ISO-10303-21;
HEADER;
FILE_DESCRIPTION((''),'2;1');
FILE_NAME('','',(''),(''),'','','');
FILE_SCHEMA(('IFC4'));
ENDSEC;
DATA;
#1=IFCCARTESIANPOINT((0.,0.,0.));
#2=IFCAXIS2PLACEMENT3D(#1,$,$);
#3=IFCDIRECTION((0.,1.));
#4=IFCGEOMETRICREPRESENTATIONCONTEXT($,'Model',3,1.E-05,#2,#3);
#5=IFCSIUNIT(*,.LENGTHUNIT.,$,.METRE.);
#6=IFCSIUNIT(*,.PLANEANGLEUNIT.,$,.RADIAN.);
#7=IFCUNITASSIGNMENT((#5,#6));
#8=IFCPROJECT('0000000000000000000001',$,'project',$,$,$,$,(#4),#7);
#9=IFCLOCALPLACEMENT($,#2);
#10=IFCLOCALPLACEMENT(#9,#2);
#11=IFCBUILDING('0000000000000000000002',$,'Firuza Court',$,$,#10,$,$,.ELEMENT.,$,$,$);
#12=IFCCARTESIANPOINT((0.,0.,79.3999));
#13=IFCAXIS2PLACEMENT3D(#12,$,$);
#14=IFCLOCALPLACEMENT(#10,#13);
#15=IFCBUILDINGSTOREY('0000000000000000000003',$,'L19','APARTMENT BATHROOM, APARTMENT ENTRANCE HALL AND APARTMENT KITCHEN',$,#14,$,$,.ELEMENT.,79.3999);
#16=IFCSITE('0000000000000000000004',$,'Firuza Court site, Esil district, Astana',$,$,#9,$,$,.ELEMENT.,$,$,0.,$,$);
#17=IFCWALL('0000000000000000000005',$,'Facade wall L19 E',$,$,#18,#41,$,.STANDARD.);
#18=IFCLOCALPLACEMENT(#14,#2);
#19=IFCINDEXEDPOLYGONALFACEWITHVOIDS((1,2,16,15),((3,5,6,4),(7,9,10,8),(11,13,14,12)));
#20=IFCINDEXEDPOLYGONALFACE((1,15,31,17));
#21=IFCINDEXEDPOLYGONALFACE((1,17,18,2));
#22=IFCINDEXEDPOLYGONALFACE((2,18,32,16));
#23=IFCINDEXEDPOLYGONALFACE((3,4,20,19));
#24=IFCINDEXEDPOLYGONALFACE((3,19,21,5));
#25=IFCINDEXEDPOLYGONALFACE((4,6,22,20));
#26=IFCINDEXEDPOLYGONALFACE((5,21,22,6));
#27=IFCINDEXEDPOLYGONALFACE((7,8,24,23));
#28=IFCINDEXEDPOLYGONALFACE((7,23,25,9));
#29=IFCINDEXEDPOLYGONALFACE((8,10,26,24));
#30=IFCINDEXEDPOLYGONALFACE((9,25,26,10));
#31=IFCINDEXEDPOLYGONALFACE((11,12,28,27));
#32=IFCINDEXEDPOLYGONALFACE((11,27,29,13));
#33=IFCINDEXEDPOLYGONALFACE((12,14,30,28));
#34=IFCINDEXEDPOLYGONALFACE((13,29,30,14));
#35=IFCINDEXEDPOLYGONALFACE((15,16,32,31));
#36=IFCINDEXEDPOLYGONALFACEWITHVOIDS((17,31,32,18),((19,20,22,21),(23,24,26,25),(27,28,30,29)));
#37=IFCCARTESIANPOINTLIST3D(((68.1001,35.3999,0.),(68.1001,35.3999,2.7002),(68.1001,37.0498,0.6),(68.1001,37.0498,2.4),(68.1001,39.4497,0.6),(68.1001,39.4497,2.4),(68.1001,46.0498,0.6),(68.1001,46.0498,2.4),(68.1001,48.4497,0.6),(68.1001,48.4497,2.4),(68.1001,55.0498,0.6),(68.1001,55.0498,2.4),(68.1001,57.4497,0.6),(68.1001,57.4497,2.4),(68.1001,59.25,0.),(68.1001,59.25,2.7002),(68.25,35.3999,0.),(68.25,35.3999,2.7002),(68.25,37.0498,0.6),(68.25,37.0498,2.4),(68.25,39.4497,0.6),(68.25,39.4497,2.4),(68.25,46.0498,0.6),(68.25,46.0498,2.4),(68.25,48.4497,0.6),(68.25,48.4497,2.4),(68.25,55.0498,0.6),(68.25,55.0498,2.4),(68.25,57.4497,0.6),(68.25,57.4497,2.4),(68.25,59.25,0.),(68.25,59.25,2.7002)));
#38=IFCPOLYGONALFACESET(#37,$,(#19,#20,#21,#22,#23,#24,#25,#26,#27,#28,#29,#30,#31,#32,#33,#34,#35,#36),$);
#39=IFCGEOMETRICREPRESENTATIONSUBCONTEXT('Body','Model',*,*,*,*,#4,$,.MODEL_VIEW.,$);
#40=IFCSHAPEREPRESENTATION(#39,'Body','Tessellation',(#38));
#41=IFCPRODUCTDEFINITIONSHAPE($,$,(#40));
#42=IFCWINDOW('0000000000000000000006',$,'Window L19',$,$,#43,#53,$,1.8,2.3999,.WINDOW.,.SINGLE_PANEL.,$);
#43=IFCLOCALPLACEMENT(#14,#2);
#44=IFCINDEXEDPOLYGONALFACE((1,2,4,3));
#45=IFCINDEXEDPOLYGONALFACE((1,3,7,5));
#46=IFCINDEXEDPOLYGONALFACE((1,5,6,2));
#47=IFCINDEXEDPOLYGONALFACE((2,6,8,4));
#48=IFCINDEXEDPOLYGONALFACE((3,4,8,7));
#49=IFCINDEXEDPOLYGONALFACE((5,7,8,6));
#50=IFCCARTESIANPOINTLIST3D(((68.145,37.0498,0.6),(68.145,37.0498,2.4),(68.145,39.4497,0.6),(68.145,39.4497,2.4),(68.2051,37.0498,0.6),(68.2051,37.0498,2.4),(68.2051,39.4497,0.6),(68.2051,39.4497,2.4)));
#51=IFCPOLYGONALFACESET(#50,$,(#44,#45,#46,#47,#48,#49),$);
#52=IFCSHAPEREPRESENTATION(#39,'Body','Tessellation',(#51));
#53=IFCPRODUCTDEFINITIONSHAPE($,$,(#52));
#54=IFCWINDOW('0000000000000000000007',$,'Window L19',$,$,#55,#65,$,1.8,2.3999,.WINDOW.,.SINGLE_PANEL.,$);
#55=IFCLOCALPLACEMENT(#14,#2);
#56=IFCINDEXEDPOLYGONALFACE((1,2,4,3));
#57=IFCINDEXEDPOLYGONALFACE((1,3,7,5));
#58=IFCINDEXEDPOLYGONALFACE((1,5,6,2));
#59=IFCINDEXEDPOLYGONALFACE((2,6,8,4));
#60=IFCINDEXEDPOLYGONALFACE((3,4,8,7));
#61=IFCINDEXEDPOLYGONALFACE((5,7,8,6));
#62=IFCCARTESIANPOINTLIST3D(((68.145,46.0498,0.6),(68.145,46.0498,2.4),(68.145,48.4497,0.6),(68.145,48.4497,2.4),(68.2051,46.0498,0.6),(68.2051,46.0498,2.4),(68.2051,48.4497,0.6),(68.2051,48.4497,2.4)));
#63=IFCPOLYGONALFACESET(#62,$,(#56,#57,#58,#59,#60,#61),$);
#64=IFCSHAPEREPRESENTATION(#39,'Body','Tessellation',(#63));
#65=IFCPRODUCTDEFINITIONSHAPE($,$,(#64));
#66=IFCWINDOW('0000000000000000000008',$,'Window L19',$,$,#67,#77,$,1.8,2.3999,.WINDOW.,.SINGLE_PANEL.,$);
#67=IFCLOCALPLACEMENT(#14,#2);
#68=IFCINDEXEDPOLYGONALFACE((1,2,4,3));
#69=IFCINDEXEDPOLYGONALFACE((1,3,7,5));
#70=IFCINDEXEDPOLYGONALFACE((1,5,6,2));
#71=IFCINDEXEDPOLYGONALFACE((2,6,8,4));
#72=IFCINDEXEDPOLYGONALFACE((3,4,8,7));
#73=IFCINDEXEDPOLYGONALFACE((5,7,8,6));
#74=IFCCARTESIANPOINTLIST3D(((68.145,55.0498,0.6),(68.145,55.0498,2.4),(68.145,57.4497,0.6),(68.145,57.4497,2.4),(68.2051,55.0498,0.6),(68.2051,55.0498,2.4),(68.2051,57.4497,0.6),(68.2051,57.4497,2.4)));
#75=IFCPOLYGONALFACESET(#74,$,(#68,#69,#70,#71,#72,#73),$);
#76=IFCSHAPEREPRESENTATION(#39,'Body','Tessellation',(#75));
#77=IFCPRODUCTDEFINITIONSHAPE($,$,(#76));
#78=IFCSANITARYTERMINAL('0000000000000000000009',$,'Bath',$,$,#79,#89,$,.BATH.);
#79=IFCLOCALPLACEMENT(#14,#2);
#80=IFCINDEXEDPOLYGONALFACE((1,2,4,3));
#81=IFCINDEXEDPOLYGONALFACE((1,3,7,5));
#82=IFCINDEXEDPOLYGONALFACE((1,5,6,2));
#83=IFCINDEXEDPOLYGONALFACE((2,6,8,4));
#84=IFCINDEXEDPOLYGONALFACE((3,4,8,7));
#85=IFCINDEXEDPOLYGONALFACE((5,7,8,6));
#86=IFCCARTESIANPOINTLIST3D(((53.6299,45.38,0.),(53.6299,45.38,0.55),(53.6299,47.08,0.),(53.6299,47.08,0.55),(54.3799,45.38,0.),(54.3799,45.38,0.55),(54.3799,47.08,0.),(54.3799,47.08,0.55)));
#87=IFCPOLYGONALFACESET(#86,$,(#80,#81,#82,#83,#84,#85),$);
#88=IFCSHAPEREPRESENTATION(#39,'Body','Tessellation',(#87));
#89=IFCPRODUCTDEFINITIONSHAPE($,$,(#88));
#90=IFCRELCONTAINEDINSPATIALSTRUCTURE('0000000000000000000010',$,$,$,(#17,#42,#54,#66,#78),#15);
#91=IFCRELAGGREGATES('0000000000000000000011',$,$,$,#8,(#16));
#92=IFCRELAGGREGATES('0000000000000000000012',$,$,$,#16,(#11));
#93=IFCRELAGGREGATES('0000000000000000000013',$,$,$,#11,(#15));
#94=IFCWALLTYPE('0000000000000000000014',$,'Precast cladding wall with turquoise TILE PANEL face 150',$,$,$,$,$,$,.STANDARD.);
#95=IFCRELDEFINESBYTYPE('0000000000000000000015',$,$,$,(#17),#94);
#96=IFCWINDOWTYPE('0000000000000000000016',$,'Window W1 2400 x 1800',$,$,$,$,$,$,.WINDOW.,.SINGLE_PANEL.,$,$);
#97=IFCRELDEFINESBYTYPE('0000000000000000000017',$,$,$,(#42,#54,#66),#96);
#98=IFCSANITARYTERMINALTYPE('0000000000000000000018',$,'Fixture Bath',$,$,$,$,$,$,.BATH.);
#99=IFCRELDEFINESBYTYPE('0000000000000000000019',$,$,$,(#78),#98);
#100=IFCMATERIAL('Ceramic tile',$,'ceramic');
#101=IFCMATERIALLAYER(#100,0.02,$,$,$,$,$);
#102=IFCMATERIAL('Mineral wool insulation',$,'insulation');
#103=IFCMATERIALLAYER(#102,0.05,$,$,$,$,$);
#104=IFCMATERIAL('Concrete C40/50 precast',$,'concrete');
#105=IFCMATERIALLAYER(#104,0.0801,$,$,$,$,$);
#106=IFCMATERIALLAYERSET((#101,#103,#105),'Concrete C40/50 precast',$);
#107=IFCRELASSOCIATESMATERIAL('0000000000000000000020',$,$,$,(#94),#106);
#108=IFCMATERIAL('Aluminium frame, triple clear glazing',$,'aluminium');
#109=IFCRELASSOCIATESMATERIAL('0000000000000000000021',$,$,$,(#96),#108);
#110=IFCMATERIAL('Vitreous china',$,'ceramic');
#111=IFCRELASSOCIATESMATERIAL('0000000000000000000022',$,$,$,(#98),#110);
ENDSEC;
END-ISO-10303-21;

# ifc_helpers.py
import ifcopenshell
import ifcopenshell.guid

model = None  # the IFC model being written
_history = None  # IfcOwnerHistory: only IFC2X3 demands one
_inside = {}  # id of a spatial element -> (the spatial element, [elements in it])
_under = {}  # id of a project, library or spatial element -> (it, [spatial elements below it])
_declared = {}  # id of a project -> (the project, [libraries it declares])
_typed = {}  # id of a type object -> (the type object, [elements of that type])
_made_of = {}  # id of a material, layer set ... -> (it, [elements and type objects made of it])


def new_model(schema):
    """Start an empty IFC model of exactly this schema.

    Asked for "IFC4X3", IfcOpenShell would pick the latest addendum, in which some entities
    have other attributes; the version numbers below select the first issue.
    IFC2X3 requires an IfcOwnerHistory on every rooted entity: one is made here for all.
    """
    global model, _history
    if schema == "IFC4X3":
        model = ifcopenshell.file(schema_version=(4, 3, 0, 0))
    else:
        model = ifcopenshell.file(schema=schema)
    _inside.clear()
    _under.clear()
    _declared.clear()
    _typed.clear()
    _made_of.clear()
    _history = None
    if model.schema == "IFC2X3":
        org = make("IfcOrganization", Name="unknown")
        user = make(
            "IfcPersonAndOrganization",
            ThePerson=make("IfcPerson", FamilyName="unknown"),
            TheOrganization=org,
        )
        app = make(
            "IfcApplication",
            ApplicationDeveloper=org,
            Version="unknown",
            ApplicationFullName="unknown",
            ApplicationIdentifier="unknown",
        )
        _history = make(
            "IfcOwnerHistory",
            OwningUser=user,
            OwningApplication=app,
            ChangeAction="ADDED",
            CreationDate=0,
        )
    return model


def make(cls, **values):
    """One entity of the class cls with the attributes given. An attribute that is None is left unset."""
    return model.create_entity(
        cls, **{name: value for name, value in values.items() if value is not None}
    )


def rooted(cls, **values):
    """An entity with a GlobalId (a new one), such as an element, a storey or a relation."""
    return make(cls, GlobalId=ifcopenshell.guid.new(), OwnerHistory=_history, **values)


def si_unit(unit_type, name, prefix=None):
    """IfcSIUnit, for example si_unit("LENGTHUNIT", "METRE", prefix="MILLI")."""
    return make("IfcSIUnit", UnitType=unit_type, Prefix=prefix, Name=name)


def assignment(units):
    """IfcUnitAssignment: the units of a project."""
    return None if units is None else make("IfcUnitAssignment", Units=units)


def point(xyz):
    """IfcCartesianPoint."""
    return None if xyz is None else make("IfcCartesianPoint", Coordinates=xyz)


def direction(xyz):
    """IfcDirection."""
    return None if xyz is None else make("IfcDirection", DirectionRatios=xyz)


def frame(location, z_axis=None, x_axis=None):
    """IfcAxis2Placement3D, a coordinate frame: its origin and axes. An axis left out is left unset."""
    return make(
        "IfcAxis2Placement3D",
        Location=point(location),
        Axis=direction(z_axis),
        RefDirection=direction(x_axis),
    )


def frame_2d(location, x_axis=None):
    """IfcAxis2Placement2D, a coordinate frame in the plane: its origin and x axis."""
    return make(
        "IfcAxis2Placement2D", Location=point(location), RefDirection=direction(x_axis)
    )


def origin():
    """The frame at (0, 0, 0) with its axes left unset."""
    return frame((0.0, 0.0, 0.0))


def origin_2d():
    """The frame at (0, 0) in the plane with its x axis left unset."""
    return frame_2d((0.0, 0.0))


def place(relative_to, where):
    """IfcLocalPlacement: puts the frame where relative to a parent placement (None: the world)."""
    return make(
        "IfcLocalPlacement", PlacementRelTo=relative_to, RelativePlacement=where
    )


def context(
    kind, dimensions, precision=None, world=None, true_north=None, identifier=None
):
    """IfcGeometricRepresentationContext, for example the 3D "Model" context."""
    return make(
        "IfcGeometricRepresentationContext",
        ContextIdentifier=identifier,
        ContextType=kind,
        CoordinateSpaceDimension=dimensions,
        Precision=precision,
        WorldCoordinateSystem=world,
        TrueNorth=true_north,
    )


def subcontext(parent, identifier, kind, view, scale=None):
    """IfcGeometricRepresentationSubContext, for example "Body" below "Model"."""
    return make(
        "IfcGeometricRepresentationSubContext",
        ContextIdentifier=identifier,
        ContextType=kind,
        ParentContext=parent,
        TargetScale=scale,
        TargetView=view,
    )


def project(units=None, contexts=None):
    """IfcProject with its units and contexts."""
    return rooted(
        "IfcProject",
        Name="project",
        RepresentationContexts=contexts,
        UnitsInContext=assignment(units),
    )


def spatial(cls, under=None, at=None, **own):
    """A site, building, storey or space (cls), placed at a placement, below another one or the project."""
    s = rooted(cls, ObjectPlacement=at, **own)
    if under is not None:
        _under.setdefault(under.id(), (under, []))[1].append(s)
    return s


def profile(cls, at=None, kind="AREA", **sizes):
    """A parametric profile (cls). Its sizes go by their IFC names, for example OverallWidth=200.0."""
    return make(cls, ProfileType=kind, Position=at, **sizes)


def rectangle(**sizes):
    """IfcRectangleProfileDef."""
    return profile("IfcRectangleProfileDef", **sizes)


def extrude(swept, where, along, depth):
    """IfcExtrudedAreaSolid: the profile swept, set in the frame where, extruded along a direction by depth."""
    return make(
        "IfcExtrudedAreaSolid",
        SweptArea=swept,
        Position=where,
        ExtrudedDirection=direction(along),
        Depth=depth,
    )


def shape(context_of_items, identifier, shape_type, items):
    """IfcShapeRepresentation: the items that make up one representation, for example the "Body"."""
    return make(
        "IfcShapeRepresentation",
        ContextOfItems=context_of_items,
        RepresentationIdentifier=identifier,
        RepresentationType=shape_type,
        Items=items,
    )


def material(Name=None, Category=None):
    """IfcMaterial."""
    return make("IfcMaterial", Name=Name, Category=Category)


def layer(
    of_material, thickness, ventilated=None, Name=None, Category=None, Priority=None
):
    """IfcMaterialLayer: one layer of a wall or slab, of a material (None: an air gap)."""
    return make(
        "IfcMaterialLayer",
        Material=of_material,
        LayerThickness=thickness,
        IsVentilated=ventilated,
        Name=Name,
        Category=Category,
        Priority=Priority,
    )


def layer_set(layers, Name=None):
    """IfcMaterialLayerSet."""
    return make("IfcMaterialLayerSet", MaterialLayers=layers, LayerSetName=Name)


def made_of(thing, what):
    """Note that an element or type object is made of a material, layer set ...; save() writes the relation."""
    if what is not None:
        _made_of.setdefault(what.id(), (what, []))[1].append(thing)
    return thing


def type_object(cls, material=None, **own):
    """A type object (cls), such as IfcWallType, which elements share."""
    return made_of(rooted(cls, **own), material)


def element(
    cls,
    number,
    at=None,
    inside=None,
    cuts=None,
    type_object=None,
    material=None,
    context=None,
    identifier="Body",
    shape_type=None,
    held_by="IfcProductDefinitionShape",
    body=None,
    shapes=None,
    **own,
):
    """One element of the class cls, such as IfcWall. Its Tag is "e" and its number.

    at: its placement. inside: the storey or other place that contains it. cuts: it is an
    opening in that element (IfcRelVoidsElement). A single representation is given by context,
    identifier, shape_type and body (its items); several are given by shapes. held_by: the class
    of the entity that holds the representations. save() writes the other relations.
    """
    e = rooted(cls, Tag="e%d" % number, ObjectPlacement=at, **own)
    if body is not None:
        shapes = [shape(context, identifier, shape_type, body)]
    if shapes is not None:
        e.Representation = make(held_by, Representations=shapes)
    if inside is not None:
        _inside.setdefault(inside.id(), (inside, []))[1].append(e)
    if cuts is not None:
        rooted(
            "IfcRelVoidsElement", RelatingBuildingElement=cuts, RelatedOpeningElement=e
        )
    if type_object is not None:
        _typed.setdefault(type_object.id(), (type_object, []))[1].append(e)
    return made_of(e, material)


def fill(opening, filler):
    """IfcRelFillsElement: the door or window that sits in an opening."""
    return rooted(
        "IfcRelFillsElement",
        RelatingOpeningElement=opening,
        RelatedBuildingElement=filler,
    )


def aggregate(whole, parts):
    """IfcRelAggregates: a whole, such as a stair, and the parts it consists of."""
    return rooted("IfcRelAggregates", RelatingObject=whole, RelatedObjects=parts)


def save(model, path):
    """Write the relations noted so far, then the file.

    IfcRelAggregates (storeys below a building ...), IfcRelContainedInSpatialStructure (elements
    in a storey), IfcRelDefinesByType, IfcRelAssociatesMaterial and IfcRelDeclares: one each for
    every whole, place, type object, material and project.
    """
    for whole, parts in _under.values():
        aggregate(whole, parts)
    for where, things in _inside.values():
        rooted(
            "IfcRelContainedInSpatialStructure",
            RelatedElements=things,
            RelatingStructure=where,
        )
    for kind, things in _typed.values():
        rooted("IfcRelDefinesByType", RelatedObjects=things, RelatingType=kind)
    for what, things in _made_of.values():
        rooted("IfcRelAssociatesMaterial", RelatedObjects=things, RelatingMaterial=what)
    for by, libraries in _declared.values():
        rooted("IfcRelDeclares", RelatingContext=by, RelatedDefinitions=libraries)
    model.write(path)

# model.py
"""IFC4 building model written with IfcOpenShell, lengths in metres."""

from ifc_helpers import new_model, si_unit, direction, frame, frame_2d, origin, origin_2d, place, context, subcontext, project, spatial, rectangle, extrude, material, layer, layer_set, type_object, element, fill, save


model = new_model("IFC4")

# Units and contexts
model_context = context("Model", 3, precision=1e-05, world=origin(), true_north=direction((0.0, 1.0)))
body_context = subcontext(model_context, "Body", "Model", "MODEL_VIEW")
ifc_project = project(units=[si_unit("LENGTHUNIT", "METRE"), si_unit("PLANEANGLEUNIT", "RADIAN")], contexts=[model_context])

# Site, building, storey
site_placement = place(None, origin())
site = spatial("IfcSite", under=ifc_project, at=site_placement, Name="Firuza Court site, Esil district, Astana", CompositionType="ELEMENT", RefElevation=0.0)
building_placement = place(site_placement, origin())
building = spatial("IfcBuilding", under=site, at=building_placement, Name="Firuza Court", CompositionType="ELEMENT")
storey_placement = place(building_placement, frame((0.0, 0.0, 79.3999)))
storey = spatial("IfcBuildingStorey", under=building, at=storey_placement, Name="L19", Description="APARTMENT BATHROOM, APARTMENT ENTRANCE HALL AND APARTMENT KITCHEN", CompositionType="ELEMENT", Elevation=79.3999)

# Wall, openings, windows
ifc_material_1 = material(Name="Ceramic tile", Category="ceramic")
ifc_layer_1 = layer(ifc_material_1, 0.02)
ifc_material_2 = material(Name="Mineral wool insulation", Category="insulation")
ifc_layer_2 = layer(ifc_material_2, 0.05)
ifc_material_3 = material(Name="Concrete C40/50 precast", Category="concrete")
ifc_layer_3 = layer(ifc_material_3, 0.0801)
ifc_layer_set_1 = layer_set([ifc_layer_1, ifc_layer_2, ifc_layer_3], Name="Concrete C40/50 precast")
wall_type_1 = type_object("IfcWallType", Name="Precast cladding wall with turquoise TILE PANEL face 150", PredefinedType="STANDARD", material=ifc_layer_set_1)
wall_1_placement = place(storey_placement, frame((68.175, 35.3999, 0.0), z_axis=(0.0, 0.0, 1.0), x_axis=(0.0, 1.0, 0.0)))
wall_1 = element("IfcWall", 1, at=wall_1_placement, inside=storey, type_object=wall_type_1, Name="Facade wall L19 E", PredefinedType="STANDARD", context=body_context, shape_type="SweptSolid", body=[
    extrude(rectangle(XDim=23.8501, YDim=0.1499, at=frame_2d((11.925, 0.0))), origin(), (0.0, 0.0, 1.0), 2.7002),
])
opening_1_placement = place(wall_1_placement, frame((1.6499, 0.0, 0.6001)))
opening_1 = element("IfcOpeningElement", 2, at=opening_1_placement, cuts=wall_1, PredefinedType="OPENING", context=body_context, shape_type="SweptSolid", body=[
    extrude(rectangle(XDim=2.3999, YDim=1.8, at=frame_2d((1.2, 0.8999))), frame((0.0, 0.0869, 0.0), z_axis=(0.0, -1.0, 0.0), x_axis=(1.0, 0.0, 0.0)), (0.0, 0.0, 1.0), 0.1738),
])
opening_2_placement = place(wall_1_placement, frame((10.6499, 0.0, 0.6001)))
opening_2 = element("IfcOpeningElement", 3, at=opening_2_placement, cuts=wall_1, PredefinedType="OPENING", context=body_context, shape_type="SweptSolid", body=[
    extrude(rectangle(XDim=2.3999, YDim=1.8, at=frame_2d((1.2, 0.8999))), frame((0.0, 0.0869, 0.0), z_axis=(0.0, -1.0, 0.0), x_axis=(1.0, 0.0, 0.0)), (0.0, 0.0, 1.0), 0.1738),
])
opening_3_placement = place(wall_1_placement, frame((19.6499, 0.0, 0.6001)))
opening_3 = element("IfcOpeningElement", 4, at=opening_3_placement, cuts=wall_1, PredefinedType="OPENING", context=body_context, shape_type="SweptSolid", body=[
    extrude(rectangle(XDim=2.3999, YDim=1.8, at=frame_2d((1.2, 0.8999))), frame((0.0, 0.0869, 0.0), z_axis=(0.0, -1.0, 0.0), x_axis=(1.0, 0.0, 0.0)), (0.0, 0.0, 1.0), 0.1738),
])
ifc_material_4 = material(Name="Aluminium frame, triple clear glazing", Category="aluminium")
window_type = type_object("IfcWindowType", Name="Window W1 2400 x 1800", PartitioningType="SINGLE_PANEL", PredefinedType="WINDOW", material=ifc_material_4)
window_1_placement = place(opening_1_placement, origin())
window_1 = element("IfcWindow", 5, at=window_1_placement, inside=storey, type_object=window_type, Name="Window L19", OverallHeight=1.8, OverallWidth=2.3999, PartitioningType="SINGLE_PANEL", PredefinedType="WINDOW", context=body_context, shape_type="SweptSolid", body=[
    extrude(rectangle(XDim=2.3999, YDim=1.8, at=frame_2d((1.2, 0.8999))), frame((0.0, 0.03, 0.0), z_axis=(0.0, -1.0, 0.0), x_axis=(1.0, 0.0, 0.0)), (0.0, 0.0, 1.0), 0.0601),
])
fill(opening_1, window_1)
window_2_placement = place(opening_2_placement, origin())
window_2 = element("IfcWindow", 6, at=window_2_placement, inside=storey, type_object=window_type, Name="Window L19", OverallHeight=1.8, OverallWidth=2.3999, PartitioningType="SINGLE_PANEL", PredefinedType="WINDOW", context=body_context, shape_type="SweptSolid", body=[
    extrude(rectangle(XDim=2.3999, YDim=1.8, at=frame_2d((1.2, 0.8999))), frame((0.0, 0.03, 0.0), z_axis=(0.0, -1.0, 0.0), x_axis=(1.0, 0.0, 0.0)), (0.0, 0.0, 1.0), 0.0601),
])
fill(opening_2, window_2)
window_3_placement = place(opening_3_placement, origin())
window_3 = element("IfcWindow", 7, at=window_3_placement, inside=storey, type_object=window_type, Name="Window L19", OverallHeight=1.8, OverallWidth=2.3999, PartitioningType="SINGLE_PANEL", PredefinedType="WINDOW", context=body_context, shape_type="SweptSolid", body=[
    extrude(rectangle(XDim=2.3999, YDim=1.8, at=frame_2d((1.2, 0.8999))), frame((0.0, 0.03, 0.0), z_axis=(0.0, -1.0, 0.0), x_axis=(1.0, 0.0, 0.0)), (0.0, 0.0, 1.0), 0.0601),
])
fill(opening_3, window_3)

# Sanitary terminal
ifc_material_5 = material(Name="Vitreous china", Category="ceramic")
sanitary_terminal_type = type_object("IfcSanitaryTerminalType", Name="Fixture Bath", PredefinedType="BATH", material=ifc_material_5)
sanitary_terminal_placement = place(storey_placement, frame((54.0049, 46.23, 0.0), z_axis=(0.0, 0.0, 1.0), x_axis=(1.0, 0.0, 0.0)))
element("IfcSanitaryTerminal", 8, at=sanitary_terminal_placement, inside=storey, type_object=sanitary_terminal_type, Name="Bath", PredefinedType="BATH", context=body_context, shape_type="SweptSolid", body=[
    extrude(rectangle(XDim=0.75, YDim=1.7, at=origin_2d()), origin(), (0.0, 0.0, 1.0), 0.55),
])

save(model, "model.ifc")
